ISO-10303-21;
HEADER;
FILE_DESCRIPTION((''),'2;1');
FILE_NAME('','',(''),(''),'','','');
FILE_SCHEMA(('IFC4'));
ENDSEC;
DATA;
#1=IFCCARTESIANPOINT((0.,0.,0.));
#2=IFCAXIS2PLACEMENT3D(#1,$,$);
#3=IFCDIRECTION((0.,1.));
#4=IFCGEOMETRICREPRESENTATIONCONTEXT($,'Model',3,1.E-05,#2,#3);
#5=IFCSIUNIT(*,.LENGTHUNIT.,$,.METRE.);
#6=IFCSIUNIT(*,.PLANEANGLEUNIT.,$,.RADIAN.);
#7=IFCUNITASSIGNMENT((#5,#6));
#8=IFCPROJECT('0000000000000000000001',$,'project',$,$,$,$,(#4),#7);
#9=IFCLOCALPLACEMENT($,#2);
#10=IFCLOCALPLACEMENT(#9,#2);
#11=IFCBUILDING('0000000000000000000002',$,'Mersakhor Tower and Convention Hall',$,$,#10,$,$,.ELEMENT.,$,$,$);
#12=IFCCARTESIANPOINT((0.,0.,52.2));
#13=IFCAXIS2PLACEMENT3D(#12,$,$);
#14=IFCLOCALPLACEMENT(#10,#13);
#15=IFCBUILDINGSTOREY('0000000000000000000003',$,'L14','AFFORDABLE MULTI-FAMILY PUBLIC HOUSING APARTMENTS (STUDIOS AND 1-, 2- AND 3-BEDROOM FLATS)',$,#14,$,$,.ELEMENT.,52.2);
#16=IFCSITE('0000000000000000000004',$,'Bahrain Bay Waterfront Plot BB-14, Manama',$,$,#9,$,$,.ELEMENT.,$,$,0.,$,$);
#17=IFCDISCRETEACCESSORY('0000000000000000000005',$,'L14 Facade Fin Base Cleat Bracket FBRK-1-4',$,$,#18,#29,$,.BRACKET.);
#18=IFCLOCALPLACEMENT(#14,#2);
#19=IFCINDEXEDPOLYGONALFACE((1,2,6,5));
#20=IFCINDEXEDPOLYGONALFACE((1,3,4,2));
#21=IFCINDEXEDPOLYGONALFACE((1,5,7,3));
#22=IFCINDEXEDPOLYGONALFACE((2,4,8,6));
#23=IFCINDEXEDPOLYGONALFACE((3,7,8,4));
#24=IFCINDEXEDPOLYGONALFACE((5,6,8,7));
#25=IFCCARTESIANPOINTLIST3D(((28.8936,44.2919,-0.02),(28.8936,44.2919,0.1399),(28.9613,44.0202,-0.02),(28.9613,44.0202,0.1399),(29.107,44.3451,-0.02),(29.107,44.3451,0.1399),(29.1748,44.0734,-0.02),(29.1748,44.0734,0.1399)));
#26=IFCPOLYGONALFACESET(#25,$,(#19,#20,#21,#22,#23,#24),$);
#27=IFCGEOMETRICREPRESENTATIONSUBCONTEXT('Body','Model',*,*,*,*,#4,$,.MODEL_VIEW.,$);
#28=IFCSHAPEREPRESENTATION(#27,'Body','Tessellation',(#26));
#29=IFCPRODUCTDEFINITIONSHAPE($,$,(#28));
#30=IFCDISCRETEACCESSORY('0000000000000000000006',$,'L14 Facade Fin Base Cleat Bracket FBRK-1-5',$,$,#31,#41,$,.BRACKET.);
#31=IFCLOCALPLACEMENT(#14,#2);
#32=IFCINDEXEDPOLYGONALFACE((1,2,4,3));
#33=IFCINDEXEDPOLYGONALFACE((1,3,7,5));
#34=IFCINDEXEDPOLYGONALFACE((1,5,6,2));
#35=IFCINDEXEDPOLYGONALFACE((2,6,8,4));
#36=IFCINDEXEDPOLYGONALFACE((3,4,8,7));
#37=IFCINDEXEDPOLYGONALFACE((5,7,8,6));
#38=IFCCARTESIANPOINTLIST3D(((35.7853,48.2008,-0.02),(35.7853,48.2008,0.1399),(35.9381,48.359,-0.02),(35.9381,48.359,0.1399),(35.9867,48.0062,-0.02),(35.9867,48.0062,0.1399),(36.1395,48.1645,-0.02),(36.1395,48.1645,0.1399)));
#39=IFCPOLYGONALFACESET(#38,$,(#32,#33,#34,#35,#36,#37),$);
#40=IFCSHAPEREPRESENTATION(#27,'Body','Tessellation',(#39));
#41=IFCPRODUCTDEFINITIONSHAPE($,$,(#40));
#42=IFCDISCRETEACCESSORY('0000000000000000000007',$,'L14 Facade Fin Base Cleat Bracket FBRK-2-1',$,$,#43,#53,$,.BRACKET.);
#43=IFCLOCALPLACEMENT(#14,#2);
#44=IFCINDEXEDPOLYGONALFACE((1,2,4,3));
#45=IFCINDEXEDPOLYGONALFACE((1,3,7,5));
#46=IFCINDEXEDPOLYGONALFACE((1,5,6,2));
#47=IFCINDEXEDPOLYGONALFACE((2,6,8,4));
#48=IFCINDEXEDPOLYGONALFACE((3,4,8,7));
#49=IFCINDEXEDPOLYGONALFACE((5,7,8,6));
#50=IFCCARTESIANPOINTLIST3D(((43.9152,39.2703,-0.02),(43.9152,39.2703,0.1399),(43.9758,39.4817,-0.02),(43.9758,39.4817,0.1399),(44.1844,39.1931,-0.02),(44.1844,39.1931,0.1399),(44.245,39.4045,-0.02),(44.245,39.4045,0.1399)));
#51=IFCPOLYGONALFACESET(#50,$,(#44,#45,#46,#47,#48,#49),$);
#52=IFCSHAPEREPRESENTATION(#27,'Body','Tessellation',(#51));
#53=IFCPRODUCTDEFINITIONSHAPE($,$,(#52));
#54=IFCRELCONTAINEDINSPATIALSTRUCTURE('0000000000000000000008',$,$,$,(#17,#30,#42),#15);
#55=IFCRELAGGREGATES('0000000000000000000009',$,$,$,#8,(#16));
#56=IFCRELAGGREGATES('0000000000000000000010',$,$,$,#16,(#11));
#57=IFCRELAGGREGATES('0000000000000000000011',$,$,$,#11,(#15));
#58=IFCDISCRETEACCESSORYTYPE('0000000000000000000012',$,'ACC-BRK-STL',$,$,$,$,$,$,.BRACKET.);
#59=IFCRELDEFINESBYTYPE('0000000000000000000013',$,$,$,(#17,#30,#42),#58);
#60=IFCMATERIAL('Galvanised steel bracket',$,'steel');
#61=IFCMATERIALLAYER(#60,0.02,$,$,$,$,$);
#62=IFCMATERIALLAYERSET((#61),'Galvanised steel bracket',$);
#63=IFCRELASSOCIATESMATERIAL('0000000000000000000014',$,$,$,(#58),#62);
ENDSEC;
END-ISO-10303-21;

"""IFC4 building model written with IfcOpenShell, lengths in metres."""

from ifc_helpers import new_model, si_unit, direction, frame, origin, origin_2d, place, context, subcontext, project, spatial, rectangle, extrude, material, layer, layer_set, type_object, element, save


model = new_model("IFC4")

# Units and contexts
model_context = context("Model", 3, precision=1e-05, world=origin(), true_north=direction((0.0, 1.0)))
body_context = subcontext(model_context, "Body", "Model", "MODEL_VIEW")
ifc_project = project(units=[si_unit("LENGTHUNIT", "METRE"), si_unit("PLANEANGLEUNIT", "RADIAN")], contexts=[model_context])

# Site, building, storey
site_placement = place(None, origin())
site = spatial("IfcSite", under=ifc_project, at=site_placement, Name="Bahrain Bay Waterfront Plot BB-14, Manama", CompositionType="ELEMENT", RefElevation=0.0)
building_placement = place(site_placement, origin())
building = spatial("IfcBuilding", under=site, at=building_placement, Name="Mersakhor Tower and Convention Hall", CompositionType="ELEMENT")
storey_placement = place(building_placement, frame((0.0, 0.0, 52.2)))
storey = spatial("IfcBuildingStorey", under=building, at=storey_placement, Name="L14", Description="AFFORDABLE MULTI-FAMILY PUBLIC HOUSING APARTMENTS (STUDIOS AND 1-, 2- AND 3-BEDROOM FLATS)", CompositionType="ELEMENT", Elevation=52.2)

# Discrete accessories
ifc_material_1 = material(Name="Galvanised steel bracket", Category="steel")
ifc_layer_1 = layer(ifc_material_1, 0.02)
ifc_layer_set_1 = layer_set([ifc_layer_1], Name="Galvanised steel bracket")
discrete_accessory_type = type_object("IfcDiscreteAccessoryType", Name="ACC-BRK-STL", PredefinedType="BRACKET", material=ifc_layer_set_1)
for number, where, z_axis, x_axis, name in (
    (1, (29.0342, 44.1826, -0.02), (0.0, 0.0, 1.0), (-0.241922, 0.970296, 0.0), "L14 Facade Fin Base Cleat Bracket FBRK-1-4"),
    (2, (35.9624, 48.1826, -0.02), (0.0, 0.0, 1.0), (-0.71934, 0.694658, 0.0), "L14 Facade Fin Base Cleat Bracket FBRK-1-5"),
    (3, (44.0801, 39.3374, -0.02), (0.0, 0.0, 1.0), (0.961262, -0.275637, 0.0), "L14 Facade Fin Base Cleat Bracket FBRK-2-1"),
):
    element("IfcDiscreteAccessory", number, at=place(storey_placement, frame(where, z_axis=z_axis, x_axis=x_axis)), inside=storey, type_object=discrete_accessory_type, Name=name, PredefinedType="BRACKET", context=body_context, shape_type="SweptSolid", body=[
        extrude(rectangle(XDim=0.28, YDim=0.22, at=origin_2d()), origin(), (0.0, 0.0, 1.0), 0.1599),
    ])

save(model, "model.ifc")
